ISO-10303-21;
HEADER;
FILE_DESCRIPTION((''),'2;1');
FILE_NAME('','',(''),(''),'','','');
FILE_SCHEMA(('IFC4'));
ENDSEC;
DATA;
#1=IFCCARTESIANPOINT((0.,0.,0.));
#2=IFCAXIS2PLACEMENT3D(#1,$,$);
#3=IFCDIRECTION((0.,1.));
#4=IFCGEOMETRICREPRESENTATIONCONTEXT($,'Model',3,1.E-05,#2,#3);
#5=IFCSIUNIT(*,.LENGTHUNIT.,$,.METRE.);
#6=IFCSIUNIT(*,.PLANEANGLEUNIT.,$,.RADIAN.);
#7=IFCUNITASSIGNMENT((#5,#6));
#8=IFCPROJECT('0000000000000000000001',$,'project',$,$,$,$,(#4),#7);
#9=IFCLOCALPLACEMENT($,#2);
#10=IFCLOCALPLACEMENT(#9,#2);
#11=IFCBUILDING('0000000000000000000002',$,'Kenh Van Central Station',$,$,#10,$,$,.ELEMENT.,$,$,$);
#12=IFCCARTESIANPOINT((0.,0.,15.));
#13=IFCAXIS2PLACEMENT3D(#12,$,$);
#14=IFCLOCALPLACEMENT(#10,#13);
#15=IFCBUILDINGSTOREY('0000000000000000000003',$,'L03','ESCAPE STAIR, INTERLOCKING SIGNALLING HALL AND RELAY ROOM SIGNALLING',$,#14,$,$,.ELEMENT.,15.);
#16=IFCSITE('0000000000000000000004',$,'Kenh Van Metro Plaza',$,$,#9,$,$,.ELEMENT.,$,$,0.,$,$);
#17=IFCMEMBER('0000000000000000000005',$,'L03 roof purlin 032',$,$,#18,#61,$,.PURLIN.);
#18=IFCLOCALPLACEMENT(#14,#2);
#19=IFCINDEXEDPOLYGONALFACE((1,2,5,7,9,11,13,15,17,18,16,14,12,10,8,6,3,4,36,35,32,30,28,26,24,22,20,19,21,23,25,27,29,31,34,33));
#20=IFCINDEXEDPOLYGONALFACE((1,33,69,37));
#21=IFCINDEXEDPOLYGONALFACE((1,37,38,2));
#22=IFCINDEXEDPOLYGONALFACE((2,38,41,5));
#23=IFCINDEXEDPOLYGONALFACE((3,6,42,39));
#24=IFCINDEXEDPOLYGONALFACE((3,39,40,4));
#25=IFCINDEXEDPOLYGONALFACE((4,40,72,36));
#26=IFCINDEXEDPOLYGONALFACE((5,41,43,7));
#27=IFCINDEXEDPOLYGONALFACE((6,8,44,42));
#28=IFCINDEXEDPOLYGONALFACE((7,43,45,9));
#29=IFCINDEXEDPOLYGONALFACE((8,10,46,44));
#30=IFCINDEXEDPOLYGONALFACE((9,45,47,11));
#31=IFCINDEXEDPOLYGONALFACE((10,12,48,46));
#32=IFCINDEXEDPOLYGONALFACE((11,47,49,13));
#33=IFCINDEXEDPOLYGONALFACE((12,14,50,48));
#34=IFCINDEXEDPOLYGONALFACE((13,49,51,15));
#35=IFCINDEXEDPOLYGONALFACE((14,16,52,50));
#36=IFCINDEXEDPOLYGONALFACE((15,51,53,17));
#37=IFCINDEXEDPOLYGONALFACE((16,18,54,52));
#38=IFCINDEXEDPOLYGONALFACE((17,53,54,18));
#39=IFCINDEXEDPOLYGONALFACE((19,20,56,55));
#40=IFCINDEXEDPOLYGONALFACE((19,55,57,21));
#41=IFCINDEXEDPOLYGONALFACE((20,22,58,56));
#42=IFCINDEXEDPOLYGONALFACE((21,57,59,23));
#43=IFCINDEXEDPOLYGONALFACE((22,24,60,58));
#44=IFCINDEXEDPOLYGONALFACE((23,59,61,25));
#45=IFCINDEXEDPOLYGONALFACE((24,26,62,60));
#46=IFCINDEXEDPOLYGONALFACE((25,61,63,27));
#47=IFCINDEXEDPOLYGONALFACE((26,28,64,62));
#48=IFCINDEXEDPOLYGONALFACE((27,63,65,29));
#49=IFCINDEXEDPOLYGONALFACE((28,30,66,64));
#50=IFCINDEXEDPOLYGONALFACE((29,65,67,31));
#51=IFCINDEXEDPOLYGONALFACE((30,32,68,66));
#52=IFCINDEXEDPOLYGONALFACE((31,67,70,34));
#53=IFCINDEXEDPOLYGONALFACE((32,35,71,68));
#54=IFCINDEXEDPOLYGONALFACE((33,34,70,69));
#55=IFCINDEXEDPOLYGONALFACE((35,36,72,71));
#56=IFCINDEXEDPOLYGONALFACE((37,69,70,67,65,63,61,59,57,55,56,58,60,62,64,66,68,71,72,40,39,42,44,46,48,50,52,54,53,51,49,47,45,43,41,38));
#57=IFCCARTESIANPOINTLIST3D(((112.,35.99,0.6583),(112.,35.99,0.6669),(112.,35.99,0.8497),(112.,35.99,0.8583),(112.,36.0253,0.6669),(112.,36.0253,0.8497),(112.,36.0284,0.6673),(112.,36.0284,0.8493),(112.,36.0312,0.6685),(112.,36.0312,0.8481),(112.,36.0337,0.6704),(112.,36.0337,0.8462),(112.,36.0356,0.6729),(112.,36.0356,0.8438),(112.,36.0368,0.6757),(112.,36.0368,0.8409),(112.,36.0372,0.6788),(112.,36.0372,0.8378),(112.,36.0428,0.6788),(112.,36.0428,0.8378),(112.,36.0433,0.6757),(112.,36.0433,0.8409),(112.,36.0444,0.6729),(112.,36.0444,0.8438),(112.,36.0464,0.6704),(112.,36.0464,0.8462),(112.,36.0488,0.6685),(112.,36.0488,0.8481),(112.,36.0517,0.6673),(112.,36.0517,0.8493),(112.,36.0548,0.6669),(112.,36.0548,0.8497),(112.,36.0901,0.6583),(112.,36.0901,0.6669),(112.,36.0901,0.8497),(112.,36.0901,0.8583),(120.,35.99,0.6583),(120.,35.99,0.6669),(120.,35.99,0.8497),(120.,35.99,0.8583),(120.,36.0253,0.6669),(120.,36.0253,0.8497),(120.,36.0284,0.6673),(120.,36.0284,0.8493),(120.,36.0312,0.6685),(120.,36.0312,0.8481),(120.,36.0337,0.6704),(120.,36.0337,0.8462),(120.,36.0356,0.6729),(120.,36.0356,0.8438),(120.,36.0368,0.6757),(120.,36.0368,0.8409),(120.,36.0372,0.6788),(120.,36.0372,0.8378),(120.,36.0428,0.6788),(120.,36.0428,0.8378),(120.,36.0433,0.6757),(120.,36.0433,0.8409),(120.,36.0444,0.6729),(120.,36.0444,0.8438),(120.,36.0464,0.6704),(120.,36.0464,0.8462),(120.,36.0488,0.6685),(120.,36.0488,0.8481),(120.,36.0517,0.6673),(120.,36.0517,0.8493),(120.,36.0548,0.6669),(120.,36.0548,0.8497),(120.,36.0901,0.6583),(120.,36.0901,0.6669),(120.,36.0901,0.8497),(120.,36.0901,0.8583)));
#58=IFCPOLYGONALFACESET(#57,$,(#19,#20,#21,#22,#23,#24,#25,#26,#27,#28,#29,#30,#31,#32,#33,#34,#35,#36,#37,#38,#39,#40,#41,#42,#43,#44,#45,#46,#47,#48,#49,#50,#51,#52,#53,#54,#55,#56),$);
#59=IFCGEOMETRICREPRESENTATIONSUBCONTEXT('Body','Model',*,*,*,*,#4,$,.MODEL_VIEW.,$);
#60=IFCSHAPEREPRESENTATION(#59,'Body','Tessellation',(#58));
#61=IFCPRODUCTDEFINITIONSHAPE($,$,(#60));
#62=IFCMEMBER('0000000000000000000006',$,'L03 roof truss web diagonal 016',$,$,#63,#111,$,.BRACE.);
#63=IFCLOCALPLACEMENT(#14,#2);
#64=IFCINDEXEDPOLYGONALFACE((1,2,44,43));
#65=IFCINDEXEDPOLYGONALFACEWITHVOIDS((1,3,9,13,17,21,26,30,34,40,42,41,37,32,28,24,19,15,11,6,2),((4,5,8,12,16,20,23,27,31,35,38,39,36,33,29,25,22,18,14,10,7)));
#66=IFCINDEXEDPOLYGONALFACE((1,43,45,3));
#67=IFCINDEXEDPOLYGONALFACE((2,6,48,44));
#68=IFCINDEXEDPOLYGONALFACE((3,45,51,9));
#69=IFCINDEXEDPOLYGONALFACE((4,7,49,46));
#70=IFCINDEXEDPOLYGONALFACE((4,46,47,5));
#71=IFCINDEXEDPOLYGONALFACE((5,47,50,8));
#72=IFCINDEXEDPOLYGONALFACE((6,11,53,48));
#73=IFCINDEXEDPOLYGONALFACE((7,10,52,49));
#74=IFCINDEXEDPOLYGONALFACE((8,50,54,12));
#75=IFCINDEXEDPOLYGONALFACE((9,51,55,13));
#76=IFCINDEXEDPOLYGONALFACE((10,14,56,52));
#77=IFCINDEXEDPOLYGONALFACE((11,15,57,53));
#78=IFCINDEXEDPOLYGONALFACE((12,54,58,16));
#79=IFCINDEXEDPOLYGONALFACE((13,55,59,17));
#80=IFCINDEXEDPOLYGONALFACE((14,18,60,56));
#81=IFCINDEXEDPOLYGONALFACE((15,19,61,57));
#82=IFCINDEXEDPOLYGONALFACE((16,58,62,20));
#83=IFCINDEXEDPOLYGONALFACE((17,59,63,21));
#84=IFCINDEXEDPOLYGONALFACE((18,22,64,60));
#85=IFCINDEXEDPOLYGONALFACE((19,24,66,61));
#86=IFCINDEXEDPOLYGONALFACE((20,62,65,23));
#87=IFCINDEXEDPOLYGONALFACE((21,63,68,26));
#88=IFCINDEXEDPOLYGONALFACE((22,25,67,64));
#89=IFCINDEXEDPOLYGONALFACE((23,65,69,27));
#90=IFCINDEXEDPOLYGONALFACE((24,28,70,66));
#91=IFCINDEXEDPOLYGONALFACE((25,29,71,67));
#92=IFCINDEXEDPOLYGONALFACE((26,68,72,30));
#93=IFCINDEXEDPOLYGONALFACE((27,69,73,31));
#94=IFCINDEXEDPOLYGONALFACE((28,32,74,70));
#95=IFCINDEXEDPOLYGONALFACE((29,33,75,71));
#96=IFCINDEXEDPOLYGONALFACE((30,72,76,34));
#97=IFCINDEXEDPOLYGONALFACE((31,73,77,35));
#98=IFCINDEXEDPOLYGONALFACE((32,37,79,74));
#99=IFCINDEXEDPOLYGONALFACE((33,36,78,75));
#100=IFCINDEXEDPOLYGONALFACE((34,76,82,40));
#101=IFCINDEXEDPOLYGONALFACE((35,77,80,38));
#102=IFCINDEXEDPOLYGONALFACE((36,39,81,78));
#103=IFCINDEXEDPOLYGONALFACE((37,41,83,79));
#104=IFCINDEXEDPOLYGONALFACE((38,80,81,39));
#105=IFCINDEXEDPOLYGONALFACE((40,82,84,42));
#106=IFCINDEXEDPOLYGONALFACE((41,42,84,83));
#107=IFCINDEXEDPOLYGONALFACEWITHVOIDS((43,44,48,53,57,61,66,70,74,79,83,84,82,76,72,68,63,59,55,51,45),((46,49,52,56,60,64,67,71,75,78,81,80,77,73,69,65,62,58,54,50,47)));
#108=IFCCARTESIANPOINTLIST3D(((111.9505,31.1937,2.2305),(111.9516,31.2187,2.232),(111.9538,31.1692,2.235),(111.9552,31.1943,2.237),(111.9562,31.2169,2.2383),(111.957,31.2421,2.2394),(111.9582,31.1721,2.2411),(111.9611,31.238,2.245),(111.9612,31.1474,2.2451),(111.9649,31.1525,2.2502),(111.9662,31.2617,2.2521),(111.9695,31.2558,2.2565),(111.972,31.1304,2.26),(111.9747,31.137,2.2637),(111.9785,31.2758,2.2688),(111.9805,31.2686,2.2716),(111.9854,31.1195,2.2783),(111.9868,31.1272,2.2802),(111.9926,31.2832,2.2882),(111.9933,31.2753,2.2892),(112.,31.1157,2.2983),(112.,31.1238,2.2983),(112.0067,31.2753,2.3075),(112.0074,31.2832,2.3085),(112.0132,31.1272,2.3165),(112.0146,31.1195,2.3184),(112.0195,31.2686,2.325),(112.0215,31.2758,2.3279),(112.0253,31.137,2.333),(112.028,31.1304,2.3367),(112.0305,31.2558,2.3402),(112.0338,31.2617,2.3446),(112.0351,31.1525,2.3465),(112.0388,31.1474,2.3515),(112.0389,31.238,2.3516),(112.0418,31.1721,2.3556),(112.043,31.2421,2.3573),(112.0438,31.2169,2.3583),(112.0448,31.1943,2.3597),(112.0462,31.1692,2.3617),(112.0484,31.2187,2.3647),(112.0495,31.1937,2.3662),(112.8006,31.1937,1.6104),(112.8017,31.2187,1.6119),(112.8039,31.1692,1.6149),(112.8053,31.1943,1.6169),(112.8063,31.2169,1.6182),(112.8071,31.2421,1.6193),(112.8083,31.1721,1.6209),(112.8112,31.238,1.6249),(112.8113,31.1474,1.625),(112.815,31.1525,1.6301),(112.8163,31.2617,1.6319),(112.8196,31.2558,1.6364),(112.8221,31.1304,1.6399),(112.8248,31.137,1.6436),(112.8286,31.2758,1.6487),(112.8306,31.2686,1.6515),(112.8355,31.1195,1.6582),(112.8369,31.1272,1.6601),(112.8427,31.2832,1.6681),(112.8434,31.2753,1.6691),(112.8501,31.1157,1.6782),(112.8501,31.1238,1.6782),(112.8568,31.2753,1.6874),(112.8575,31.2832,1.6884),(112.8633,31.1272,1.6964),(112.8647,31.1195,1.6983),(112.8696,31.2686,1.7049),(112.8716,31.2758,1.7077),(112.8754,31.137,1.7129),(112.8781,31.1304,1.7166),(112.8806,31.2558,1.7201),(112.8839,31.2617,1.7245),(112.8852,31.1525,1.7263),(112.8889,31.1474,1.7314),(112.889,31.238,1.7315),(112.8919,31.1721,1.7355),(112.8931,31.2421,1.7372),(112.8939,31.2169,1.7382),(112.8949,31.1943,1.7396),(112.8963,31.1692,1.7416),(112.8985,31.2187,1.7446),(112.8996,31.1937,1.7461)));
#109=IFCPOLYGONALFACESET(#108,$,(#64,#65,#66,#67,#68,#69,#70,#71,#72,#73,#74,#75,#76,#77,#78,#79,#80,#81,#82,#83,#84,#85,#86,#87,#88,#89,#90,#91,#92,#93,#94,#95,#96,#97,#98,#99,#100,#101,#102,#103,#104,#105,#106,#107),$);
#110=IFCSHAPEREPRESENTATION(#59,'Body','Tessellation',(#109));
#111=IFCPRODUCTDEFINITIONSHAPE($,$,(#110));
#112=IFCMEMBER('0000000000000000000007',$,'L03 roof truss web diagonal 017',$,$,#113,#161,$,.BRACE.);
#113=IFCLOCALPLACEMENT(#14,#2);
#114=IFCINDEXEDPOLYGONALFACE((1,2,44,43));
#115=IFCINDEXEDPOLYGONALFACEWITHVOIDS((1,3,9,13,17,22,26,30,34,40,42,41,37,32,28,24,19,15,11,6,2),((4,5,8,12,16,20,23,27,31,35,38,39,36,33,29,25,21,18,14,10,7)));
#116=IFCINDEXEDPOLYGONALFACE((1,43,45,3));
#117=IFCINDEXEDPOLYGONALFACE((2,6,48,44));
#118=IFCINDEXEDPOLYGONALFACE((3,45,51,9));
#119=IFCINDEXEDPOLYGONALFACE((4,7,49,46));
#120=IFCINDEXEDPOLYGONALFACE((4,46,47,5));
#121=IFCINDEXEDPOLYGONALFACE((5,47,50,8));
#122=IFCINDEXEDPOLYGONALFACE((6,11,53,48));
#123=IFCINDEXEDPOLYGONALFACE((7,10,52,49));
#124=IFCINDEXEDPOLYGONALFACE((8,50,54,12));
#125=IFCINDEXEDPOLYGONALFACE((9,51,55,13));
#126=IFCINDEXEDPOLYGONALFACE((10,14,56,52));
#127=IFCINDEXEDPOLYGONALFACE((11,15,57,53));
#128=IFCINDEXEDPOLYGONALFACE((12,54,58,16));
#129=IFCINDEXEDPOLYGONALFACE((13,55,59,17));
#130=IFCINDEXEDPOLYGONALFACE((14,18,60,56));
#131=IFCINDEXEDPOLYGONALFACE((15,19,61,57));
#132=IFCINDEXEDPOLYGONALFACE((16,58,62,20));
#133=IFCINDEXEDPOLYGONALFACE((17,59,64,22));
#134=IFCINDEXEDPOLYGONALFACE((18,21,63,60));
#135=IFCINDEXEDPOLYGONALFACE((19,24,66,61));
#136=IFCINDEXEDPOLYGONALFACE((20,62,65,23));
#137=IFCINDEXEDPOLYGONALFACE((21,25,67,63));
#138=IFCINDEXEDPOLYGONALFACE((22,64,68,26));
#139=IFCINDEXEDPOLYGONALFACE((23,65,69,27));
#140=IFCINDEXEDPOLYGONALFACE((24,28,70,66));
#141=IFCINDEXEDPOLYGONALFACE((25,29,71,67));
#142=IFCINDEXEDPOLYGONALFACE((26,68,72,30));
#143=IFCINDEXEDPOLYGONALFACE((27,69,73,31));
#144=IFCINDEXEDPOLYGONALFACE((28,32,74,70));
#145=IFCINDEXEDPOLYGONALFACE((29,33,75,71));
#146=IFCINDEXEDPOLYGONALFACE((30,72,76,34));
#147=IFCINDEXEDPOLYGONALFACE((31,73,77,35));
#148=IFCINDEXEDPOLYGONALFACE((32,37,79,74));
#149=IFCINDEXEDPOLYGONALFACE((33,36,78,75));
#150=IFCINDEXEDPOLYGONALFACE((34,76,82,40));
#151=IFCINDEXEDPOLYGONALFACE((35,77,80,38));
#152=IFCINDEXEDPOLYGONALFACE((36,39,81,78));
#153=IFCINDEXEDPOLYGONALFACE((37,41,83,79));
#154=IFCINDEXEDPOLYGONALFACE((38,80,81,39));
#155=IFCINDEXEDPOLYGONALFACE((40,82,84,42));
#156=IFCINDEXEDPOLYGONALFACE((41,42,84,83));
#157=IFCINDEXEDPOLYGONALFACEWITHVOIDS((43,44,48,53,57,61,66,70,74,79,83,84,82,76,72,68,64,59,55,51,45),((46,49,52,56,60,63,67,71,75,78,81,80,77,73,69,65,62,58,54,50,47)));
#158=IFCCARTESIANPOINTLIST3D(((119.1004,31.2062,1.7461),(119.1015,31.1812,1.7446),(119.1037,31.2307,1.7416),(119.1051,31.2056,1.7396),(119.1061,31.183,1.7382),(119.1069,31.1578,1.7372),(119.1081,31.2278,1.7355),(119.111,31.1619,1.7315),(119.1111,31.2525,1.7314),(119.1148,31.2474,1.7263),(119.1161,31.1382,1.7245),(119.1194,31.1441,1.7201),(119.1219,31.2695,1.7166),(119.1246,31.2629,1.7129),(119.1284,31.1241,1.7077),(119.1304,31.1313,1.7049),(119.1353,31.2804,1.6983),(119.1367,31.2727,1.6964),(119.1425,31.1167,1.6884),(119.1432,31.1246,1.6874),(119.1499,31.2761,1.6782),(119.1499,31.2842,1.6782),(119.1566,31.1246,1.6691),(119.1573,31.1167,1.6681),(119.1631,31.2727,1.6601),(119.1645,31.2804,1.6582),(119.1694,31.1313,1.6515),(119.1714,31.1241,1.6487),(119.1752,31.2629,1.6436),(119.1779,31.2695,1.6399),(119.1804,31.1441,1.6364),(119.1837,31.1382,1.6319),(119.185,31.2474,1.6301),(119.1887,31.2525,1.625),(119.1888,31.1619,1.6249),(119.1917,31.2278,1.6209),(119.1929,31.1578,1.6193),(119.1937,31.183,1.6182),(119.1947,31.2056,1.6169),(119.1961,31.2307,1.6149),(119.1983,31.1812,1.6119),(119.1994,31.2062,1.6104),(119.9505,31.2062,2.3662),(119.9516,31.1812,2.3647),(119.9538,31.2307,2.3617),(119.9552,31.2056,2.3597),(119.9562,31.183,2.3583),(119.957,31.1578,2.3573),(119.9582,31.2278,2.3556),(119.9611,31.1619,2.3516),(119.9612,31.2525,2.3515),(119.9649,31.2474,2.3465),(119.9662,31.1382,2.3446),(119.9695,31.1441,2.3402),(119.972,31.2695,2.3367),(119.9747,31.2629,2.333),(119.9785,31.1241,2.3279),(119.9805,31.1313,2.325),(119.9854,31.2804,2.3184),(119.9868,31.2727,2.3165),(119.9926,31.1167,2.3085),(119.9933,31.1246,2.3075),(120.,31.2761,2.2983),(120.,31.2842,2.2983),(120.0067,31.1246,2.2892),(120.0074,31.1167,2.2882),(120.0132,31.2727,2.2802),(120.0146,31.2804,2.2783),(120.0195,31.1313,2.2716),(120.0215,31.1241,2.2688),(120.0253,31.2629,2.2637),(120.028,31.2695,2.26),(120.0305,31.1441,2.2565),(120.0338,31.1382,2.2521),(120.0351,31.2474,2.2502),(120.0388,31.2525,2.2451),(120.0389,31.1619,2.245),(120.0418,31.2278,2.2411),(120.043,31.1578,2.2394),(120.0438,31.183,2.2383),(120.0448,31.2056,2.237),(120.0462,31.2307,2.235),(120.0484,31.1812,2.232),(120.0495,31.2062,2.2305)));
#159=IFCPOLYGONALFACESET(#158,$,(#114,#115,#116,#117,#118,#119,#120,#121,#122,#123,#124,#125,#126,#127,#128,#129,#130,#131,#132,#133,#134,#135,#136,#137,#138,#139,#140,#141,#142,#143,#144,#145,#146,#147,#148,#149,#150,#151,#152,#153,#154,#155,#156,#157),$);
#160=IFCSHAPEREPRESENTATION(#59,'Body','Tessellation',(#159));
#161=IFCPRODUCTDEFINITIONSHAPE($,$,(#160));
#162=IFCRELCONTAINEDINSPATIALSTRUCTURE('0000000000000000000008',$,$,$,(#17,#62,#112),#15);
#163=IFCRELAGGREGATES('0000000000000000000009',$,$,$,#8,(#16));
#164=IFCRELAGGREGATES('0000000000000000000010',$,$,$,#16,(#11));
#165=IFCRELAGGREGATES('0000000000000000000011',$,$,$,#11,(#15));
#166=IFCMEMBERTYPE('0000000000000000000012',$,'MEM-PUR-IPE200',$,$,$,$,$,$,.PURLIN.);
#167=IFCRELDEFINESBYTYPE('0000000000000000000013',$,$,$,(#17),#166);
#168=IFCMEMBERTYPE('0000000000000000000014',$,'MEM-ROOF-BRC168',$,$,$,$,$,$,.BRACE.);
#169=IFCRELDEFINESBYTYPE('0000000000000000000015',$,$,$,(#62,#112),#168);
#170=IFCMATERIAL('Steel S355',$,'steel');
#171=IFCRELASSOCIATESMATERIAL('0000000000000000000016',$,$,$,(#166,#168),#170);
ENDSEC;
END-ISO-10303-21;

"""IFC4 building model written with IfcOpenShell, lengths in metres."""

from ifc_helpers import new_model, si_unit, direction, frame, origin, origin_2d, place, context, subcontext, project, spatial, hollow_circle, i_section, extrude, material, material_profile, profile_set, type_object, element, save


model = new_model("IFC4")

# Units and contexts
model_context = context("Model", 3, precision=1e-05, world=origin(), true_north=direction((0.0, 1.0)))
body_context = subcontext(model_context, "Body", "Model", "MODEL_VIEW")
ifc_project = project(units=[si_unit("LENGTHUNIT", "METRE"), si_unit("PLANEANGLEUNIT", "RADIAN")], contexts=[model_context])

# Site, building, storey
site_placement = place(None, origin())
site = spatial("IfcSite", under=ifc_project, at=site_placement, Name="Kenh Van Metro Plaza", CompositionType="ELEMENT", RefElevation=0.0)
building_placement = place(site_placement, origin())
building = spatial("IfcBuilding", under=site, at=building_placement, Name="Kenh Van Central Station", CompositionType="ELEMENT")
storey_placement = place(building_placement, frame((0.0, 0.0, 15.0)))
storey = spatial("IfcBuildingStorey", under=building, at=storey_placement, Name="L03", Description="ESCAPE STAIR, INTERLOCKING SIGNALLING HALL AND RELAY ROOM SIGNALLING", CompositionType="ELEMENT", Elevation=15.0)

# Shared definitions
ifc_material_1 = material(Name="Steel S355", Category="steel")

# Members
ifc_material_profile_1 = material_profile(ifc_material_1, i_section(OverallWidth=0.1001, OverallDepth=0.2, WebThickness=0.0056, FlangeThickness=0.0085, FilletRadius=0.012, at=origin_2d()), Name="IPE 200")
ifc_profile_set_1 = profile_set([ifc_material_profile_1], Name="Steel S355")
member_type_1 = type_object("IfcMemberType", Name="MEM-PUR-IPE200", PredefinedType="PURLIN", material=ifc_profile_set_1)
for number, where, z_axis, x_axis, name in (
    (1, (112.0, 36.04, 0.7583), (1.0, 0.0, 0.0), (0.0, 1.0, 0.0), "L03 roof purlin 032"),
):
    element("IfcMember", number, at=place(storey_placement, frame(where, z_axis=z_axis, x_axis=x_axis)), inside=storey, type_object=member_type_1, Name=name, PredefinedType="PURLIN", context=body_context, shape_type="SweptSolid", body=[
        extrude(i_section(OverallWidth=0.1001, OverallDepth=0.2, WebThickness=0.0056, FlangeThickness=0.0085, FilletRadius=0.012, at=origin_2d()), origin(), (0.0, 0.0, 1.0), 8.0),
    ])
ifc_material_profile_2 = material_profile(ifc_material_1, hollow_circle(Radius=0.0842, WallThickness=0.0081, at=origin_2d()), Name="CHS 168.3x8")
ifc_profile_set_2 = profile_set([ifc_material_profile_2], Name="Steel S355")
member_type_2 = type_object("IfcMemberType", Name="MEM-ROOF-BRC168", PredefinedType="BRACE", material=ifc_profile_set_2)
for number, where, z_axis, x_axis, name in (
    (2, (112.8501, 31.2, 1.6782), (-0.807892, 0.0, 0.58933), (0.0, -1.0, 0.0), "L03 roof truss web diagonal 016"),
    (3, (119.1499, 31.2, 1.6782), (0.807892, 0.0, 0.58933), (0.0, 1.0, 0.0), "L03 roof truss web diagonal 017"),
):
    element("IfcMember", number, at=place(storey_placement, frame(where, z_axis=z_axis, x_axis=x_axis)), inside=storey, type_object=member_type_2, Name=name, PredefinedType="BRACE", context=body_context, shape_type="SweptSolid", body=[
        extrude(hollow_circle(Radius=0.0842, WallThickness=0.0081, at=origin_2d()), origin(), (0.0, 0.0, 1.0), 1.0522),
    ])

save(model, "model.ifc")
